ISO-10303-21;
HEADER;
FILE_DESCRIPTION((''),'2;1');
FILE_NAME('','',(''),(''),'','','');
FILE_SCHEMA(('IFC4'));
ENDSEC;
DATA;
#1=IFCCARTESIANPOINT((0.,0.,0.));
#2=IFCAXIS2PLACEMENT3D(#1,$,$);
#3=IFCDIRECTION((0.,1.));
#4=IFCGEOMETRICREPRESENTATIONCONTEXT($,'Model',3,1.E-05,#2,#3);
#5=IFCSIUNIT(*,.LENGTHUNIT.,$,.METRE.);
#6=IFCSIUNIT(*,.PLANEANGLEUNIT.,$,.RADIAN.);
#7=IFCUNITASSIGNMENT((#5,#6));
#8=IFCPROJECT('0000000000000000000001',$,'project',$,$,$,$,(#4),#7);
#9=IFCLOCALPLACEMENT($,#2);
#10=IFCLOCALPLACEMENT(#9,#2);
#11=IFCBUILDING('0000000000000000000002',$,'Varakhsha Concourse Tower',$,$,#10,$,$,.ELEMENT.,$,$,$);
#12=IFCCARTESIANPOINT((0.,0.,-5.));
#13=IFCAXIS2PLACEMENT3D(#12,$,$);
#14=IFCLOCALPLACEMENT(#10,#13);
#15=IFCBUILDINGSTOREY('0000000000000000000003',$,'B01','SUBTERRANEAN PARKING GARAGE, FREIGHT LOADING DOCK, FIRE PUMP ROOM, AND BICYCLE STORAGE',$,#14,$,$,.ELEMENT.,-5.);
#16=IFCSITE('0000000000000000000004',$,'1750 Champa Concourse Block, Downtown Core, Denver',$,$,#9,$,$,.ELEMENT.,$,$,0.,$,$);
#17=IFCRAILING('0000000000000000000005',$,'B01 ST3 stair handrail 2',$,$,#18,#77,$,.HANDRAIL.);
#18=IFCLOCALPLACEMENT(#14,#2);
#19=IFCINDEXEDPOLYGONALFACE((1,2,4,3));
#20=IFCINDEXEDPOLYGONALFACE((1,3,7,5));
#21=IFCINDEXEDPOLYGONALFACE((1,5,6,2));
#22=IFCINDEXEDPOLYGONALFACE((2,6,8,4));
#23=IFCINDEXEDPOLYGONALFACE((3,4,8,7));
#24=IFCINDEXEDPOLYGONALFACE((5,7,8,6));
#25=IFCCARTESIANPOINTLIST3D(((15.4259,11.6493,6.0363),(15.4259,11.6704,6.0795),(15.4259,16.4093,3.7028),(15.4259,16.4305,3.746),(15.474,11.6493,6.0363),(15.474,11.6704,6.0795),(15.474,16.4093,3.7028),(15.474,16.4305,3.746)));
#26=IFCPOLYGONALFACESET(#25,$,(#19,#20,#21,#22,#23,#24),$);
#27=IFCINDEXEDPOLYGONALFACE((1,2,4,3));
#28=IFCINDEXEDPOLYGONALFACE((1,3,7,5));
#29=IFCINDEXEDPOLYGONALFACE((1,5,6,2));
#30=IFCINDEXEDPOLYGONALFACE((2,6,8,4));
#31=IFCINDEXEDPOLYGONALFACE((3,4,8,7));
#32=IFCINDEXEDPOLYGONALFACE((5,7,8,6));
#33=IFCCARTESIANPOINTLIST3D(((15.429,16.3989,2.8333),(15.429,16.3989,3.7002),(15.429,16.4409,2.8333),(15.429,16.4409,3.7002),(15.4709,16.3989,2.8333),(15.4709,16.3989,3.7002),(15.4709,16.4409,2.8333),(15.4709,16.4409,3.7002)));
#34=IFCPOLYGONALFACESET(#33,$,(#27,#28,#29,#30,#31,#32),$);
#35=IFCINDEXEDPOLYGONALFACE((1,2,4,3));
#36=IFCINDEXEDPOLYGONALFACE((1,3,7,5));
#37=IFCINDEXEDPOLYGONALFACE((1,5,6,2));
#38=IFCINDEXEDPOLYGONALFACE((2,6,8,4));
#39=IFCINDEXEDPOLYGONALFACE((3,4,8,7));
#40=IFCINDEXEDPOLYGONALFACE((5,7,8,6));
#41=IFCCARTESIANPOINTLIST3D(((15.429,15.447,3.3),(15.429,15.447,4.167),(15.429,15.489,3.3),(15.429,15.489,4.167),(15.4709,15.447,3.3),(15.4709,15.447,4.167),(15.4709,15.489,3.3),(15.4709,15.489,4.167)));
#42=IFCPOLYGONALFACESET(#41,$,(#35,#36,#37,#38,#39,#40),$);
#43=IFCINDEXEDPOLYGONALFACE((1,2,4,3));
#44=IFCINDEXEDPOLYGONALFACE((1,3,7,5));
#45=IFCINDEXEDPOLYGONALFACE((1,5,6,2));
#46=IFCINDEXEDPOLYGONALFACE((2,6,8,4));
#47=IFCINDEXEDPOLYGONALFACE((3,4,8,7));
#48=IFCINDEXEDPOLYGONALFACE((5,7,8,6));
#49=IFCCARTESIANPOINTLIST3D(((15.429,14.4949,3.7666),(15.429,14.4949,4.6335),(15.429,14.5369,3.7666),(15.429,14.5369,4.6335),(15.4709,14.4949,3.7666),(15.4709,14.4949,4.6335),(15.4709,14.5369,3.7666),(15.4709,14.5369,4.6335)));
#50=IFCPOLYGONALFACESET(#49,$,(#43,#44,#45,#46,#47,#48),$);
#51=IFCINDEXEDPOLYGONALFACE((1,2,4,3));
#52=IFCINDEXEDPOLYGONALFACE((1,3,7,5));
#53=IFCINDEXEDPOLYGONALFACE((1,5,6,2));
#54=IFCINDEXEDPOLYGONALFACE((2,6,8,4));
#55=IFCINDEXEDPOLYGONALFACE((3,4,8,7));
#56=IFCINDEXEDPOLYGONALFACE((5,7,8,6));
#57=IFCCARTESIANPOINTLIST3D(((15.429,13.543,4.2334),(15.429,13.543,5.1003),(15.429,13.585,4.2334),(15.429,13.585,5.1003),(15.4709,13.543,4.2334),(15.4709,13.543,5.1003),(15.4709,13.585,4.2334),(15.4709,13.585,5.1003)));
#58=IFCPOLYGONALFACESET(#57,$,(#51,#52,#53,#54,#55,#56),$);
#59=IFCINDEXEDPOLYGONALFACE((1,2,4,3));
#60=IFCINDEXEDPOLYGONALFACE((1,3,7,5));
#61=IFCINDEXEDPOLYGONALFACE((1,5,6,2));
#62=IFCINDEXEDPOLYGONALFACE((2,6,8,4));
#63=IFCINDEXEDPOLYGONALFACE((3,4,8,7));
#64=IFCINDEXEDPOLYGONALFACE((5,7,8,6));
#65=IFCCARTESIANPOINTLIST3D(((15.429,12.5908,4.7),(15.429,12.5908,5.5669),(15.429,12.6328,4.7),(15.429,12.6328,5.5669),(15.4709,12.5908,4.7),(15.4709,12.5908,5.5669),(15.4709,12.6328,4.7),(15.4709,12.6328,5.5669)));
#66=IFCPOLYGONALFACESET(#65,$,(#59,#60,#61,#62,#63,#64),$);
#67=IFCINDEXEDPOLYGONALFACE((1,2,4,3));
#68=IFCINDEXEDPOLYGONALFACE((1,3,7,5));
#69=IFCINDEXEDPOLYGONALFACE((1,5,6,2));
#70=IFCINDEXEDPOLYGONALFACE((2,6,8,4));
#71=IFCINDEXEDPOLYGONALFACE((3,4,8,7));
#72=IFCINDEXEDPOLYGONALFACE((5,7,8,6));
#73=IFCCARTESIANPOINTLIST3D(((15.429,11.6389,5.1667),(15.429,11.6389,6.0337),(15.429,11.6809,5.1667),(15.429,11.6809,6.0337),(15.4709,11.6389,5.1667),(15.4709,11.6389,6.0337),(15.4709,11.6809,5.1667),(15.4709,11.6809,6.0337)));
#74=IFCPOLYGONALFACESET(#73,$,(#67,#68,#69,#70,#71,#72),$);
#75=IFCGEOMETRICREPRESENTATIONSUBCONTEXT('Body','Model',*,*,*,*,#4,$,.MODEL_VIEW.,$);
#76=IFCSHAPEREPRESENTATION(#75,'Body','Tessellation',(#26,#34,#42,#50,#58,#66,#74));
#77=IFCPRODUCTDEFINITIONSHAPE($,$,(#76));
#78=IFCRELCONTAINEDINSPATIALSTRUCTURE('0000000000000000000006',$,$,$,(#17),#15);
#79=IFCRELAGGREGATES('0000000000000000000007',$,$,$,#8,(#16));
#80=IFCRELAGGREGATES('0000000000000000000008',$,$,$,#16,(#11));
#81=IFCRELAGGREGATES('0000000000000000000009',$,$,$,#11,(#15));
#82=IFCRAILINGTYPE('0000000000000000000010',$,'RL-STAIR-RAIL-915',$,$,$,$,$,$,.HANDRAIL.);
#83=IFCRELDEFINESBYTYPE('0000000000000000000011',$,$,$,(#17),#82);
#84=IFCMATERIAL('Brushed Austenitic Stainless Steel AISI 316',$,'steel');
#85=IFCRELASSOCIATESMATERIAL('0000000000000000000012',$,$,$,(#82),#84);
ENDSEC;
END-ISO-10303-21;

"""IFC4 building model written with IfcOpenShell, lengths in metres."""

from ifc_helpers import new_model, si_unit, direction, frame, origin, origin_2d, place, context, subcontext, project, spatial, rectangle, extrude, material, type_object, element, save


model = new_model("IFC4")

# Units and contexts
model_context = context("Model", 3, precision=1e-05, world=origin(), true_north=direction((0.0, 1.0)))
body_context = subcontext(model_context, "Body", "Model", "MODEL_VIEW")
ifc_project = project(units=[si_unit("LENGTHUNIT", "METRE"), si_unit("PLANEANGLEUNIT", "RADIAN")], contexts=[model_context])

# Site, building, storey
site_placement = place(None, origin())
site = spatial("IfcSite", under=ifc_project, at=site_placement, Name="1750 Champa Concourse Block, Downtown Core, Denver", CompositionType="ELEMENT", RefElevation=0.0)
building_placement = place(site_placement, origin())
building = spatial("IfcBuilding", under=site, at=building_placement, Name="Varakhsha Concourse Tower", CompositionType="ELEMENT")
storey_placement = place(building_placement, frame((0.0, 0.0, -5.0)))
storey = spatial("IfcBuildingStorey", under=building, at=storey_placement, Name="B01", Description="SUBTERRANEAN PARKING GARAGE, FREIGHT LOADING DOCK, FIRE PUMP ROOM, AND BICYCLE STORAGE", CompositionType="ELEMENT", Elevation=-5.0)

# Railing
ifc_material_1 = material(Name="Brushed Austenitic Stainless Steel AISI 316", Category="steel")
railing_type_1 = type_object("IfcRailingType", Name="RL-STAIR-RAIL-915", PredefinedType="HANDRAIL", material=ifc_material_1)
railing_1_placement = place(storey_placement, frame((15.45, 16.4199, 2.8333)))
element("IfcRailing", 1, at=railing_1_placement, inside=storey, type_object=railing_type_1, Name="B01 ST3 stair handrail 2", PredefinedType="HANDRAIL", context=body_context, shape_type="SweptSolid", body=[
    extrude(rectangle(XDim=0.0481, YDim=0.0481, at=origin_2d()), frame((0.0, 0.0, 0.8911), z_axis=(0.0, -0.897909, 0.440181), x_axis=(1.0, 0.0, 0.0)), (0.0, 0.0, 1.0), 5.3013),
    extrude(rectangle(XDim=0.042, YDim=0.042, at=origin_2d()), origin(), (0.0, 0.0, 1.0), 0.8669),
    extrude(rectangle(XDim=0.042, YDim=0.042, at=origin_2d()), frame((0.0, -0.9519, 0.4668)), (0.0, 0.0, 1.0), 0.8669),
    extrude(rectangle(XDim=0.042, YDim=0.042, at=origin_2d()), frame((0.0, -1.9041, 0.9333)), (0.0, 0.0, 1.0), 0.8669),
    extrude(rectangle(XDim=0.042, YDim=0.042, at=origin_2d()), frame((0.0, -2.856, 1.4001)), (0.0, 0.0, 1.0), 0.8669),
    extrude(rectangle(XDim=0.042, YDim=0.042, at=origin_2d()), frame((0.0, -3.8081, 1.8667)), (0.0, 0.0, 1.0), 0.8669),
    extrude(rectangle(XDim=0.042, YDim=0.042, at=origin_2d()), frame((0.0, -4.76, 2.3335)), (0.0, 0.0, 1.0), 0.8669),
])

save(model, "model.ifc")
